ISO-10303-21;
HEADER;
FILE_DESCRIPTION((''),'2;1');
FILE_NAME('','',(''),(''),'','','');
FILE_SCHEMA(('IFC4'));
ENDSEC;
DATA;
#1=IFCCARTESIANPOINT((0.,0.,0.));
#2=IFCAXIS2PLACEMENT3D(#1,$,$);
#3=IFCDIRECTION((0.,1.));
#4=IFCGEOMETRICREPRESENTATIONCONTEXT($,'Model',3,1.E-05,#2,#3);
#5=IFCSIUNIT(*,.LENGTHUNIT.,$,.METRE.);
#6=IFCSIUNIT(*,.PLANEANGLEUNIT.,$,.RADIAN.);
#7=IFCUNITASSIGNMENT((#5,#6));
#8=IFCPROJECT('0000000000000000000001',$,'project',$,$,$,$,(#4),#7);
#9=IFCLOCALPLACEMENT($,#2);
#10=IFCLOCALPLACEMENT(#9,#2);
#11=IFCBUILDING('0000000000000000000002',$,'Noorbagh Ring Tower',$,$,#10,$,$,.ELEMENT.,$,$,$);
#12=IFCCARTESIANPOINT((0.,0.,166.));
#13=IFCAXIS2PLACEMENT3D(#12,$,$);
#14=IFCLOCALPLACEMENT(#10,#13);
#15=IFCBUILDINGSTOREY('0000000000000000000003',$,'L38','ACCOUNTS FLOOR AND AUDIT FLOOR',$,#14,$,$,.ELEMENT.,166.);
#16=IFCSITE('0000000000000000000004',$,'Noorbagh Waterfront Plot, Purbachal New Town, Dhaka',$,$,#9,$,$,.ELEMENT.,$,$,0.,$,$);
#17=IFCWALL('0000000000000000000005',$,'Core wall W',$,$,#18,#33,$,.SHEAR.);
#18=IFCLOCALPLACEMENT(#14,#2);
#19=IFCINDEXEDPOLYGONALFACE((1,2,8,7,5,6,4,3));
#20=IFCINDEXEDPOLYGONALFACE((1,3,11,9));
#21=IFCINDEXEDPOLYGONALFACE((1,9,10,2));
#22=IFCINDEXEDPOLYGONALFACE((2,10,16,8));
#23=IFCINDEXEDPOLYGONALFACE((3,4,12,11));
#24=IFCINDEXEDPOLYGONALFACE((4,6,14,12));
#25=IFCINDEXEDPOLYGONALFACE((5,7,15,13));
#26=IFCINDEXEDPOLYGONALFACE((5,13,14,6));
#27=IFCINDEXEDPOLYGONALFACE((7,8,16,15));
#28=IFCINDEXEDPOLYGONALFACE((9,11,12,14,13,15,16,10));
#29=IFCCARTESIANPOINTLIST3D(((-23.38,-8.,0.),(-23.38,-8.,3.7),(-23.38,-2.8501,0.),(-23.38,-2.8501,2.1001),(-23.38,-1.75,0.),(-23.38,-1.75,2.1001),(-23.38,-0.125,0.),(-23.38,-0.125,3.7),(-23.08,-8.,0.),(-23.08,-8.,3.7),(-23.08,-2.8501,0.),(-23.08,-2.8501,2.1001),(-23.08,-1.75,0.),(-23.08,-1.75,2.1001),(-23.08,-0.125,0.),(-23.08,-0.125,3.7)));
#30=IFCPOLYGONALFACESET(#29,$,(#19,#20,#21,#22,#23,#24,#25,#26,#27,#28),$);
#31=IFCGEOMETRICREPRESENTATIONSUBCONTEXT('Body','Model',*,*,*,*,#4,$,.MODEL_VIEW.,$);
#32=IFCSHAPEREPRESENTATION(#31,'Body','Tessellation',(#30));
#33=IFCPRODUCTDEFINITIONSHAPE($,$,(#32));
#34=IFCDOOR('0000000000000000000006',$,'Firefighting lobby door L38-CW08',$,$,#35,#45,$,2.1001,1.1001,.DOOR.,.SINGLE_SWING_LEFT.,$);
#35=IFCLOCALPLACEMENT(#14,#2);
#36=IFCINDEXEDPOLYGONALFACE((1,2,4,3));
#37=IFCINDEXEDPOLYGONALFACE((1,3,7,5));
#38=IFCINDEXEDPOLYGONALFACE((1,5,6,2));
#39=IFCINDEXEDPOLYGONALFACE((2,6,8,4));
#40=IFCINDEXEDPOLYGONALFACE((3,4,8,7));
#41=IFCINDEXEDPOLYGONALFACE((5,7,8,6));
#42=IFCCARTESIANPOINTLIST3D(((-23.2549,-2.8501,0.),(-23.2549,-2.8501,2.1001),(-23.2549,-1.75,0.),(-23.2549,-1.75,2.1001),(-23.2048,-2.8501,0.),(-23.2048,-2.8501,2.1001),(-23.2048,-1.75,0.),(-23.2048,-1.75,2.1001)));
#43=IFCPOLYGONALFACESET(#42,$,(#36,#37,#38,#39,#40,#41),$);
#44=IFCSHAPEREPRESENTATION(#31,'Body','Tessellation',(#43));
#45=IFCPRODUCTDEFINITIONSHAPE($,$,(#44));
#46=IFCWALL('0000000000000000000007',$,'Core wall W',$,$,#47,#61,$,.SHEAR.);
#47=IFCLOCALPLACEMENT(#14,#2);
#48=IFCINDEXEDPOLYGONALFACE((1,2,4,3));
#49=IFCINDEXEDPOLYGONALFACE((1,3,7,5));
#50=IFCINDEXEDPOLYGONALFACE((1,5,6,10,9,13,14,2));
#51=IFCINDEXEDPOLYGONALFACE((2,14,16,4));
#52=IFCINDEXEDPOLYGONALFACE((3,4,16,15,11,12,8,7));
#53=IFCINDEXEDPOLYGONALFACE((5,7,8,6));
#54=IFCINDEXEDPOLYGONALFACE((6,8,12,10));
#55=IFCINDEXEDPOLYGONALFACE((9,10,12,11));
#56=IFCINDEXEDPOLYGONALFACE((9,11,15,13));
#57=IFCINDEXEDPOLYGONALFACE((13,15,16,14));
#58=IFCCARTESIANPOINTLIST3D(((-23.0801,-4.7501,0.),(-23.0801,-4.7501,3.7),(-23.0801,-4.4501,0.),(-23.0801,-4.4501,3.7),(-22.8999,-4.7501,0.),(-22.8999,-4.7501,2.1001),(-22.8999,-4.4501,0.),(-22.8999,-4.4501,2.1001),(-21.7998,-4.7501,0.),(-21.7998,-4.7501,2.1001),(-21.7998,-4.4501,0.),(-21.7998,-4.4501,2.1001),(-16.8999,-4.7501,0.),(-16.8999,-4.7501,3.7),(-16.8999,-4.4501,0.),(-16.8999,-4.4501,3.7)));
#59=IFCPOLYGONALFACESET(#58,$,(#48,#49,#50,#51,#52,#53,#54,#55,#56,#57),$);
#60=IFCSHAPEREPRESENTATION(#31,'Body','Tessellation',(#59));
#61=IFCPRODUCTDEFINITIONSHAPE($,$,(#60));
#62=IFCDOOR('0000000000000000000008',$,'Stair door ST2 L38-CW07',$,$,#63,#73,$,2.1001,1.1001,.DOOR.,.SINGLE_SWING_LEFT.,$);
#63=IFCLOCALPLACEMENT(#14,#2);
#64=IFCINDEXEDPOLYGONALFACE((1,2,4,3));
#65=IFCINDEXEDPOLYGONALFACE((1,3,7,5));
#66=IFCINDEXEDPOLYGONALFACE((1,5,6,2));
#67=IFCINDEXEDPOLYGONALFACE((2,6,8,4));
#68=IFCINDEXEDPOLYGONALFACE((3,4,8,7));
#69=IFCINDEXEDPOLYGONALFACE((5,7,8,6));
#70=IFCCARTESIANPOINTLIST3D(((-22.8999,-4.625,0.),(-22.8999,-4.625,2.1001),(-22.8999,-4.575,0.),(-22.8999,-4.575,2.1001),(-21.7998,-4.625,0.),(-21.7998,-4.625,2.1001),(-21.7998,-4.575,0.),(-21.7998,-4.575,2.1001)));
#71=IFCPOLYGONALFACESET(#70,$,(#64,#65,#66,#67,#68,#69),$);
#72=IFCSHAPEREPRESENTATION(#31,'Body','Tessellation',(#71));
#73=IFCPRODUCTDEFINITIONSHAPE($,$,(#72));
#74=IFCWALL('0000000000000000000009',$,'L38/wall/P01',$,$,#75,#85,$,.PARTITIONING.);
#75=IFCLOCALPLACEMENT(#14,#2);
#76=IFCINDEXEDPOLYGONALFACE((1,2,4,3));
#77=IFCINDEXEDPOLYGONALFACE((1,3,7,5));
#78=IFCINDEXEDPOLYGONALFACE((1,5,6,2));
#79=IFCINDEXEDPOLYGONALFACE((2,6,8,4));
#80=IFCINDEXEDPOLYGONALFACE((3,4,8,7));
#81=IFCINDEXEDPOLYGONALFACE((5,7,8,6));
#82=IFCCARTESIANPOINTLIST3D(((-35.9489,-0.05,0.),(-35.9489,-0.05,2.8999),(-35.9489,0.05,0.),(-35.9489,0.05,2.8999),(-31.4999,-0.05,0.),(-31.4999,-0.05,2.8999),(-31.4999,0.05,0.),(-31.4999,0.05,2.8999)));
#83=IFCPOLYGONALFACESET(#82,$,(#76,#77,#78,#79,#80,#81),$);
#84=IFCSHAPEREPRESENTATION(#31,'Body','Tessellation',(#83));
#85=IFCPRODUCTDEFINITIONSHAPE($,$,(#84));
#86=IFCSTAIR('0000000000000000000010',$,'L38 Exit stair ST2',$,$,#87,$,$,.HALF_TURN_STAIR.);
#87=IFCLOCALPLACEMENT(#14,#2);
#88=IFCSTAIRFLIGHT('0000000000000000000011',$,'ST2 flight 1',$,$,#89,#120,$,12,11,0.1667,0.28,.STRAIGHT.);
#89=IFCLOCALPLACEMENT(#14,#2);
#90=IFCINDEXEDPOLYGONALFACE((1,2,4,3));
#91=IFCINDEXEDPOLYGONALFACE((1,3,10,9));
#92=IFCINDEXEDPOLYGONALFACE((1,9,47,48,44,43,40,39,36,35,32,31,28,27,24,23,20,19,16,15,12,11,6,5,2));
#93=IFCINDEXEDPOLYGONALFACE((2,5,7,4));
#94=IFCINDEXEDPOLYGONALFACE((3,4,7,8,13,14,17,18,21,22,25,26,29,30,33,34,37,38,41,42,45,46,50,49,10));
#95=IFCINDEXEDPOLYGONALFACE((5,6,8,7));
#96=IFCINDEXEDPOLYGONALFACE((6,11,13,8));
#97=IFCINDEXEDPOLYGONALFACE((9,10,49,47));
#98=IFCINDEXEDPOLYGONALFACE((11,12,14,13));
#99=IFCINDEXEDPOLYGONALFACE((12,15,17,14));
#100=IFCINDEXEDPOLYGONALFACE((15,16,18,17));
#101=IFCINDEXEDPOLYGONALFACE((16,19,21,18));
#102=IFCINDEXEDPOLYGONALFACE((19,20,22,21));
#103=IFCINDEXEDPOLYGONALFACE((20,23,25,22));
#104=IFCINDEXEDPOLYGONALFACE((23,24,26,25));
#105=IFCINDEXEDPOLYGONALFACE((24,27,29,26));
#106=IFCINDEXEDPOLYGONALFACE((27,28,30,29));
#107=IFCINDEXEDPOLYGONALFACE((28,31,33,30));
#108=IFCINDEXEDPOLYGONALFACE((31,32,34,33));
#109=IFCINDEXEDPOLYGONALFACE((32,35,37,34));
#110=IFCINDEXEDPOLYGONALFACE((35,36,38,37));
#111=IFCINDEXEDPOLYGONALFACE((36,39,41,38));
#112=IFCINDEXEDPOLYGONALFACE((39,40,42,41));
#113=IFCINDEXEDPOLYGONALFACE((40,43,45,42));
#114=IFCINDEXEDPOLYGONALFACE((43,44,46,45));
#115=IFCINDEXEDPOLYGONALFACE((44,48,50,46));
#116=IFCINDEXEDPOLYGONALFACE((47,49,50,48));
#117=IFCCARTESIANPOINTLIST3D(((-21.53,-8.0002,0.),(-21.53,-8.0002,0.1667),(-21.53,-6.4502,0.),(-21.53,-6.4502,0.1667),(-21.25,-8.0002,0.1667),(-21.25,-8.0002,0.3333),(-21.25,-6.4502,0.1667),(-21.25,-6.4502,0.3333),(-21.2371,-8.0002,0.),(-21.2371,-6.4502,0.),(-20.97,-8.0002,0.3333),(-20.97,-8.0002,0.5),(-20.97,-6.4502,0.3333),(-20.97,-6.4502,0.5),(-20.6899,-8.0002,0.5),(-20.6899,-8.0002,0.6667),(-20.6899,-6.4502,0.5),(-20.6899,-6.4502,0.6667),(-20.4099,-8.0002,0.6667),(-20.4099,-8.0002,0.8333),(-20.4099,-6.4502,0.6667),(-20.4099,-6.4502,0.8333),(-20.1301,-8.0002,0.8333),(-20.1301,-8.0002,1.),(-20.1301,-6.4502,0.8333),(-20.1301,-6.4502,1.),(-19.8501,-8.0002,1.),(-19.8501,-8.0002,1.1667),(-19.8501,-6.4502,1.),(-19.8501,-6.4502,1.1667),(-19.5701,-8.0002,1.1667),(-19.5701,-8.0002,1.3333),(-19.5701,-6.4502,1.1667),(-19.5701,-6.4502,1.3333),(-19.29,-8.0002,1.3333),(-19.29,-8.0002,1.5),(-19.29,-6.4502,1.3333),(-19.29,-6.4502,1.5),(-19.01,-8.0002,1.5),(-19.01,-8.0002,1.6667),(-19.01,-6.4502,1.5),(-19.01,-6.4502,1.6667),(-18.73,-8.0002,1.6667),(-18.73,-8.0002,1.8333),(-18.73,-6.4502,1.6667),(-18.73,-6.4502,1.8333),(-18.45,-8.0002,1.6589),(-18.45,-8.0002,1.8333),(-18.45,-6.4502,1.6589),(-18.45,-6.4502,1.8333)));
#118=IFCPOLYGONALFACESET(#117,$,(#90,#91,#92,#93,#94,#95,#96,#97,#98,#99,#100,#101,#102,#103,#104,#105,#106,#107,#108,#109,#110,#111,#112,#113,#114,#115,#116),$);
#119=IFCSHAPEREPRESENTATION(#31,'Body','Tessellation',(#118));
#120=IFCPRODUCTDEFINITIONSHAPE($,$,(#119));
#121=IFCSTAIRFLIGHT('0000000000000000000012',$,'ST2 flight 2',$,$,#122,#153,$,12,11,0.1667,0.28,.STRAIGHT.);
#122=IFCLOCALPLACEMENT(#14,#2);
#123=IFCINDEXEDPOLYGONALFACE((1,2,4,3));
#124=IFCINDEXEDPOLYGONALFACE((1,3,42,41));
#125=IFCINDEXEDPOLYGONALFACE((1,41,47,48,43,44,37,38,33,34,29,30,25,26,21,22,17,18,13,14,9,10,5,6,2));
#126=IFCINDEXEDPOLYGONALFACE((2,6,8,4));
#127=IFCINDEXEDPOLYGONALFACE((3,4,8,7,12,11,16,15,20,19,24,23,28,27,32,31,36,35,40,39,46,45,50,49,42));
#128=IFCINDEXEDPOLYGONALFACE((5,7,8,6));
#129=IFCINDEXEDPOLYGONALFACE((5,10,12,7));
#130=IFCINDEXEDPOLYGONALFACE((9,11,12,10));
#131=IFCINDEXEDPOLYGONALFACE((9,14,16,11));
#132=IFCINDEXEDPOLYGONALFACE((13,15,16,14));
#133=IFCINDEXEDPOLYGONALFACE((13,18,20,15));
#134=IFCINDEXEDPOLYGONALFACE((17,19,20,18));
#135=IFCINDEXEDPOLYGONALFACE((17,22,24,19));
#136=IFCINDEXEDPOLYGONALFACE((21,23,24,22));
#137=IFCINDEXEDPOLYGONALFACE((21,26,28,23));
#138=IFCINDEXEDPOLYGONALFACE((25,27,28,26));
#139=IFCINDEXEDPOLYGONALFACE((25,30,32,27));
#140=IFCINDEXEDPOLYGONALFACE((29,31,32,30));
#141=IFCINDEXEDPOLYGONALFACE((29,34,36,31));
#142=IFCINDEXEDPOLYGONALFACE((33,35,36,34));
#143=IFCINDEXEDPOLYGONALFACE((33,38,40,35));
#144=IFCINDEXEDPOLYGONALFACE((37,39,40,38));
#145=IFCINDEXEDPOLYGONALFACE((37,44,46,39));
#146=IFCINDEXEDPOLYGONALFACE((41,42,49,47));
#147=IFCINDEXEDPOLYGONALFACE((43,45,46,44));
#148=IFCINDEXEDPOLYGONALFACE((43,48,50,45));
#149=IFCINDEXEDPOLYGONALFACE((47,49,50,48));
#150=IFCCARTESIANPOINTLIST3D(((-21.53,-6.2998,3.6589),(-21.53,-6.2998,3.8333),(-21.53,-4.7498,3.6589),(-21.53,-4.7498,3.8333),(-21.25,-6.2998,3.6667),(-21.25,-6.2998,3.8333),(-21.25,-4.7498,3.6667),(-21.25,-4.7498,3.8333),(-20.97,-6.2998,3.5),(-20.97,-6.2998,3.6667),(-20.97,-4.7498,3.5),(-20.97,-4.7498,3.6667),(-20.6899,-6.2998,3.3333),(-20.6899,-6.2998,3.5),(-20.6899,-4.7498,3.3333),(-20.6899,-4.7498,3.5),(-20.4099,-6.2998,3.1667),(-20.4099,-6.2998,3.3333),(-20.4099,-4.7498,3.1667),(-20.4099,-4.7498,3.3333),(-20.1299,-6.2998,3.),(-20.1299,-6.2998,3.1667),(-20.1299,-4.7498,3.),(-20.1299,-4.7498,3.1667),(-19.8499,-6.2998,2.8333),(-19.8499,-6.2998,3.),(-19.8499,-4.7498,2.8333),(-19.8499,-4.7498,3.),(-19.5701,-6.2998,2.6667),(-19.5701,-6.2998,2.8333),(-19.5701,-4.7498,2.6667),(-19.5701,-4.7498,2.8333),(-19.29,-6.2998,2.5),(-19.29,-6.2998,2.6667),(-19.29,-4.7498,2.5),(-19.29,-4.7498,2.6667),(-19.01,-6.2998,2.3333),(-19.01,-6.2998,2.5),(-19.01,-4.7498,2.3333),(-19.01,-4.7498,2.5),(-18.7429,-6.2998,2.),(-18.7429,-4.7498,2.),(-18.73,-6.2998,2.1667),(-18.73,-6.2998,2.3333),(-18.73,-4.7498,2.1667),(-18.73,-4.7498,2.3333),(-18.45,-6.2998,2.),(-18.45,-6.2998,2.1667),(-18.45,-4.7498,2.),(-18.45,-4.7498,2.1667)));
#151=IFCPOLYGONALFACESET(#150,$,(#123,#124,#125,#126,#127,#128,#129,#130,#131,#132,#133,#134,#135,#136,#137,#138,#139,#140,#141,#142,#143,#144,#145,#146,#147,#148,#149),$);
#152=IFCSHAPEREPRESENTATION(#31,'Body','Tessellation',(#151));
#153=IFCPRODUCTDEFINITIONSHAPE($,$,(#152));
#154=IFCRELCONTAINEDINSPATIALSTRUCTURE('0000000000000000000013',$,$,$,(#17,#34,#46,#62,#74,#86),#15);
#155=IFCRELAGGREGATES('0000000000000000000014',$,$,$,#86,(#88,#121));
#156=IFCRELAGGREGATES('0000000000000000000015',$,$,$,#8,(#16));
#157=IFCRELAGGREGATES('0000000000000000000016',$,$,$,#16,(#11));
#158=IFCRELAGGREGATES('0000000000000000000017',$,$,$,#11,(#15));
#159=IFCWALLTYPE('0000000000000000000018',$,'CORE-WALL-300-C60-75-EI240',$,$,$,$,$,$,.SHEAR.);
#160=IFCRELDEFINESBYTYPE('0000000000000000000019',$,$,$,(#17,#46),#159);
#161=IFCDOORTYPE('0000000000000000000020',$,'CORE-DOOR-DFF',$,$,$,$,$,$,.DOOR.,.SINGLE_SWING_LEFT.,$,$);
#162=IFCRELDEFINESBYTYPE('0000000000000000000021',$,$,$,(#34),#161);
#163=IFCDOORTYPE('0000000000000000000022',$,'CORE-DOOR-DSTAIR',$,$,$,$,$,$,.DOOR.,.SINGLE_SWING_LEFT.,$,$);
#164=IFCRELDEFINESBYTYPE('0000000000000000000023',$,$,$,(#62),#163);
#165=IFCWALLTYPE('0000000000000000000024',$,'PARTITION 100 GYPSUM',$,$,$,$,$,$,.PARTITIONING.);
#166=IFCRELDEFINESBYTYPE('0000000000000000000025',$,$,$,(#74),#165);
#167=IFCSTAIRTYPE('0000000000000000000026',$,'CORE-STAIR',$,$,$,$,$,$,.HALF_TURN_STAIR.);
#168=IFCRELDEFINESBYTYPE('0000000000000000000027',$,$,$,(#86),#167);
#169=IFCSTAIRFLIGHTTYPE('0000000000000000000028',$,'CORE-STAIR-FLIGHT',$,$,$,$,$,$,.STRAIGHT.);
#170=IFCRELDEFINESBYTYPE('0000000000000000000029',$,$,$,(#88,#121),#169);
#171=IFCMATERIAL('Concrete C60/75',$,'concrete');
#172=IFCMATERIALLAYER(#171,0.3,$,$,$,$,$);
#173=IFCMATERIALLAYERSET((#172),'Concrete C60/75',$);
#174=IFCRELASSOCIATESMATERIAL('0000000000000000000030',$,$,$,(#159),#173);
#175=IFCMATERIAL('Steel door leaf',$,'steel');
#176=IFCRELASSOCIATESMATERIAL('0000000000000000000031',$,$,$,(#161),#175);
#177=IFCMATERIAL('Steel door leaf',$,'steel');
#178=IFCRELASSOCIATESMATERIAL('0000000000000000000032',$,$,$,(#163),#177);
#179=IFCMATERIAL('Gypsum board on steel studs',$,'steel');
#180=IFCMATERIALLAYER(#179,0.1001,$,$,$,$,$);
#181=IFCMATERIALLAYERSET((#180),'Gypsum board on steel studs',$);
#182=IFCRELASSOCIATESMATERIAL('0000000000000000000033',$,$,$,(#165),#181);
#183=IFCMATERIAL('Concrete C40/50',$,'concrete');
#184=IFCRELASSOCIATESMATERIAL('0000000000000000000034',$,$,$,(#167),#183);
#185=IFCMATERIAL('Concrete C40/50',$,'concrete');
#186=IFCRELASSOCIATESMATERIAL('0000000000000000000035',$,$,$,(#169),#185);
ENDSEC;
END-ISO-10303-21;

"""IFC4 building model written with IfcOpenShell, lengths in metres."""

from ifc_helpers import new_model, si_unit, direction, frame, frame_2d, origin, place, context, subcontext, project, spatial, polyline, rectangle, outline, extrude, material, layer, layer_set, type_object, element, fill, aggregate, save


model = new_model("IFC4")

# Units and contexts
model_context = context("Model", 3, precision=1e-05, world=origin(), true_north=direction((0.0, 1.0)))
body_context = subcontext(model_context, "Body", "Model", "MODEL_VIEW")
ifc_project = project(units=[si_unit("LENGTHUNIT", "METRE"), si_unit("PLANEANGLEUNIT", "RADIAN")], contexts=[model_context])

# Site, building, storey
site_placement = place(None, origin())
site = spatial("IfcSite", under=ifc_project, at=site_placement, Name="Noorbagh Waterfront Plot, Purbachal New Town, Dhaka", CompositionType="ELEMENT", RefElevation=0.0)
building_placement = place(site_placement, origin())
building = spatial("IfcBuilding", under=site, at=building_placement, Name="Noorbagh Ring Tower", CompositionType="ELEMENT")
storey_placement = place(building_placement, frame((0.0, 0.0, 166.0)))
storey = spatial("IfcBuildingStorey", under=building, at=storey_placement, Name="L38", Description="ACCOUNTS FLOOR AND AUDIT FLOOR", CompositionType="ELEMENT", Elevation=166.0)

# Shared definitions
ifc_material_1 = material(Name="Concrete C60/75", Category="concrete")
ifc_layer_1 = layer(ifc_material_1, 0.3)
ifc_layer_set_1 = layer_set([ifc_layer_1], Name="Concrete C60/75")
wall_type_1 = type_object("IfcWallType", Name="CORE-WALL-300-C60-75-EI240", PredefinedType="SHEAR", material=ifc_layer_set_1)

# Walls, openings, doors
wall_1_placement = place(storey_placement, frame((-23.23, -8.0, 0.0), z_axis=(0.0, 0.0, 1.0), x_axis=(0.0, 1.0, 0.0)))
wall_1 = element("IfcWall", 1, at=wall_1_placement, inside=storey, type_object=wall_type_1, Name="Core wall W", PredefinedType="SHEAR", context=body_context, shape_type="SweptSolid", body=[
    extrude(rectangle(XDim=7.875, YDim=0.3, at=frame_2d((3.9375, 0.0))), origin(), (0.0, 0.0, 1.0), 3.7),
])
opening_1_placement = place(wall_1_placement, frame((5.1499, 0.0, 0.0)))
opening_1 = element("IfcOpeningElement", 2, at=opening_1_placement, cuts=wall_1, PredefinedType="OPENING", context=body_context, shape_type="SweptSolid", body=[
    extrude(rectangle(XDim=1.1001, YDim=2.1001, at=frame_2d((0.55, 1.05))), frame((0.0, 0.1602, 0.0), z_axis=(0.0, -1.0, 0.0), x_axis=(1.0, 0.0, 0.0)), (0.0, 0.0, 1.0), 0.3201),
])
ifc_material_2 = material(Name="Steel door leaf", Category="steel")
door_type_1 = type_object("IfcDoorType", Name="CORE-DOOR-DFF", OperationType="SINGLE_SWING_LEFT", PredefinedType="DOOR", material=ifc_material_2)
door_1_placement = place(opening_1_placement, origin())
door_1 = element("IfcDoor", 3, at=door_1_placement, inside=storey, type_object=door_type_1, Name="Firefighting lobby door L38-CW08", OperationType="SINGLE_SWING_LEFT", OverallHeight=2.1001, OverallWidth=1.1001, PredefinedType="DOOR", context=body_context, shape_type="SweptSolid", body=[
    extrude(rectangle(XDim=1.1001, YDim=2.1001, at=frame_2d((0.55, 1.05))), frame((0.0, 0.0249, 0.0), z_axis=(0.0, -1.0, 0.0), x_axis=(1.0, 0.0, 0.0)), (0.0, 0.0, 1.0), 0.05),
])
fill(opening_1, door_1)
wall_2_placement = place(storey_placement, frame((-16.8999, -4.6001, 0.0), z_axis=(0.0, 0.0, 1.0), x_axis=(-1.0, 0.0, 0.0)))
wall_2 = element("IfcWall", 4, at=wall_2_placement, inside=storey, type_object=wall_type_1, Name="Core wall W", PredefinedType="SHEAR", context=body_context, shape_type="SweptSolid", body=[
    extrude(rectangle(XDim=6.1802, YDim=0.3, at=frame_2d((3.0901, 0.0))), origin(), (0.0, 0.0, 1.0), 3.7),
])
opening_2_placement = place(wall_2_placement, frame((4.8999, 0.0, 0.0)))
opening_2 = element("IfcOpeningElement", 5, at=opening_2_placement, cuts=wall_2, PredefinedType="OPENING", context=body_context, shape_type="SweptSolid", body=[
    extrude(rectangle(XDim=1.1001, YDim=2.1001, at=frame_2d((0.55, 1.05))), frame((0.0, 0.1602, 0.0), z_axis=(0.0, -1.0, 0.0), x_axis=(1.0, 0.0, 0.0)), (0.0, 0.0, 1.0), 0.3201),
])
ifc_material_3 = material(Name="Steel door leaf", Category="steel")
door_type_2 = type_object("IfcDoorType", Name="CORE-DOOR-DSTAIR", OperationType="SINGLE_SWING_LEFT", PredefinedType="DOOR", material=ifc_material_3)
door_2_placement = place(opening_2_placement, origin())
door_2 = element("IfcDoor", 6, at=door_2_placement, inside=storey, type_object=door_type_2, Name="Stair door ST2 L38-CW07", OperationType="SINGLE_SWING_LEFT", OverallHeight=2.1001, OverallWidth=1.1001, PredefinedType="DOOR", context=body_context, shape_type="SweptSolid", body=[
    extrude(rectangle(XDim=1.1001, YDim=2.1001, at=frame_2d((0.55, 1.05))), frame((0.0, 0.0249, 0.0), z_axis=(0.0, -1.0, 0.0), x_axis=(1.0, 0.0, 0.0)), (0.0, 0.0, 1.0), 0.05),
])
fill(opening_2, door_2)

# Wall
ifc_material_4 = material(Name="Gypsum board on steel studs", Category="steel")
ifc_layer_2 = layer(ifc_material_4, 0.1001)
ifc_layer_set_2 = layer_set([ifc_layer_2], Name="Gypsum board on steel studs")
wall_type_2 = type_object("IfcWallType", Name="PARTITION 100 GYPSUM", PredefinedType="PARTITIONING", material=ifc_layer_set_2)
wall_3_placement = place(storey_placement, frame((-35.949, 0.0, 0.0), z_axis=(0.0, 0.0, 1.0), x_axis=(1.0, 0.0, 0.0)))
element("IfcWall", 7, at=wall_3_placement, inside=storey, type_object=wall_type_2, Name="L38/wall/P01", PredefinedType="PARTITIONING", context=body_context, shape_type="SweptSolid", body=[
    extrude(rectangle(XDim=4.449, YDim=0.1001, at=frame_2d((2.2246, 0.0))), origin(), (0.0, 0.0, 1.0), 2.8999),
])

# Stair, stair flights
ifc_material_5 = material(Name="Concrete C40/50", Category="concrete")
stair_type = type_object("IfcStairType", Name="CORE-STAIR", PredefinedType="HALF_TURN_STAIR", material=ifc_material_5)
stair_placement = place(storey_placement, origin())
stair = element("IfcStair", 8, at=stair_placement, inside=storey, type_object=stair_type, Name="L38 Exit stair ST2", PredefinedType="HALF_TURN_STAIR")
ifc_material_6 = material(Name="Concrete C40/50", Category="concrete")
stair_flight_type = type_object("IfcStairFlightType", Name="CORE-STAIR-FLIGHT", PredefinedType="STRAIGHT", material=ifc_material_6)
stair_flight_1_placement = place(storey_placement, frame((-21.53, -7.2251, 0.0), z_axis=(0.0, 0.0, 1.0), x_axis=(1.0, 0.0, 0.0)))
stair_flight_1 = element("IfcStairFlight", 9, at=stair_flight_1_placement, type_object=stair_flight_type, Name="ST2 flight 1", NumberOfRisers=12, NumberOfTreads=11, PredefinedType="STRAIGHT", RiserHeight=0.1667, TreadLength=0.28, context=body_context, shape_type="SweptSolid", body=[
    extrude(outline(polyline([(0.0, 0.0), (0.0, 0.1667), (0.28, 0.1667), (0.28, 0.3333), (0.5601, 0.3333), (0.5601, 0.5), (0.8401, 0.5), (0.8401, 0.6667), (1.1201, 0.6667), (1.1201, 0.8333), (1.3999, 0.8333), (1.3999, 1.0), (1.6799, 1.0), (1.6799, 1.1667), (1.96, 1.1667), (1.96, 1.3333), (2.24, 1.3333), (2.24, 1.5), (2.52, 1.5), (2.52, 1.6667), (2.8, 1.6667), (2.8, 1.8333), (3.0801, 1.8333), (3.0801, 2.0), (3.0801, 1.6589), (0.293, 0.0), (0.0, 0.0)])), frame((0.0, 0.7749, 0.0), z_axis=(0.0, -1.0, 0.0), x_axis=(1.0, 0.0, 0.0)), (0.0, 0.0, 1.0), 1.55),
])
stair_flight_2_placement = place(storey_placement, frame((-18.45, -5.5249, 2.0), z_axis=(0.0, 0.0, 1.0), x_axis=(-1.0, 0.0, 0.0)))
stair_flight_2 = element("IfcStairFlight", 10, at=stair_flight_2_placement, type_object=stair_flight_type, Name="ST2 flight 2", NumberOfRisers=12, NumberOfTreads=11, PredefinedType="STRAIGHT", RiserHeight=0.1667, TreadLength=0.28, context=body_context, shape_type="SweptSolid", body=[
    extrude(outline(polyline([(0.0, 0.0), (0.0, 0.1667), (0.28, 0.1667), (0.28, 0.3333), (0.5601, 0.3333), (0.5601, 0.5), (0.8401, 0.5), (0.8401, 0.6667), (1.1201, 0.6667), (1.1201, 0.8333), (1.3999, 0.8333), (1.3999, 1.0), (1.6799, 1.0), (1.6799, 1.1667), (1.96, 1.1667), (1.96, 1.3333), (2.24, 1.3333), (2.24, 1.5), (2.52, 1.5), (2.52, 1.6667), (2.8, 1.6667), (2.8, 1.8333), (3.0801, 1.8333), (3.0801, 2.0), (3.0801, 1.6589), (0.293, 0.0), (0.0, 0.0)])), frame((0.0, 0.7749, 0.0), z_axis=(0.0, -1.0, 0.0), x_axis=(1.0, 0.0, 0.0)), (0.0, 0.0, 1.0), 1.55),
])
aggregate(stair, [stair_flight_1, stair_flight_2])

save(model, "model.ifc")
